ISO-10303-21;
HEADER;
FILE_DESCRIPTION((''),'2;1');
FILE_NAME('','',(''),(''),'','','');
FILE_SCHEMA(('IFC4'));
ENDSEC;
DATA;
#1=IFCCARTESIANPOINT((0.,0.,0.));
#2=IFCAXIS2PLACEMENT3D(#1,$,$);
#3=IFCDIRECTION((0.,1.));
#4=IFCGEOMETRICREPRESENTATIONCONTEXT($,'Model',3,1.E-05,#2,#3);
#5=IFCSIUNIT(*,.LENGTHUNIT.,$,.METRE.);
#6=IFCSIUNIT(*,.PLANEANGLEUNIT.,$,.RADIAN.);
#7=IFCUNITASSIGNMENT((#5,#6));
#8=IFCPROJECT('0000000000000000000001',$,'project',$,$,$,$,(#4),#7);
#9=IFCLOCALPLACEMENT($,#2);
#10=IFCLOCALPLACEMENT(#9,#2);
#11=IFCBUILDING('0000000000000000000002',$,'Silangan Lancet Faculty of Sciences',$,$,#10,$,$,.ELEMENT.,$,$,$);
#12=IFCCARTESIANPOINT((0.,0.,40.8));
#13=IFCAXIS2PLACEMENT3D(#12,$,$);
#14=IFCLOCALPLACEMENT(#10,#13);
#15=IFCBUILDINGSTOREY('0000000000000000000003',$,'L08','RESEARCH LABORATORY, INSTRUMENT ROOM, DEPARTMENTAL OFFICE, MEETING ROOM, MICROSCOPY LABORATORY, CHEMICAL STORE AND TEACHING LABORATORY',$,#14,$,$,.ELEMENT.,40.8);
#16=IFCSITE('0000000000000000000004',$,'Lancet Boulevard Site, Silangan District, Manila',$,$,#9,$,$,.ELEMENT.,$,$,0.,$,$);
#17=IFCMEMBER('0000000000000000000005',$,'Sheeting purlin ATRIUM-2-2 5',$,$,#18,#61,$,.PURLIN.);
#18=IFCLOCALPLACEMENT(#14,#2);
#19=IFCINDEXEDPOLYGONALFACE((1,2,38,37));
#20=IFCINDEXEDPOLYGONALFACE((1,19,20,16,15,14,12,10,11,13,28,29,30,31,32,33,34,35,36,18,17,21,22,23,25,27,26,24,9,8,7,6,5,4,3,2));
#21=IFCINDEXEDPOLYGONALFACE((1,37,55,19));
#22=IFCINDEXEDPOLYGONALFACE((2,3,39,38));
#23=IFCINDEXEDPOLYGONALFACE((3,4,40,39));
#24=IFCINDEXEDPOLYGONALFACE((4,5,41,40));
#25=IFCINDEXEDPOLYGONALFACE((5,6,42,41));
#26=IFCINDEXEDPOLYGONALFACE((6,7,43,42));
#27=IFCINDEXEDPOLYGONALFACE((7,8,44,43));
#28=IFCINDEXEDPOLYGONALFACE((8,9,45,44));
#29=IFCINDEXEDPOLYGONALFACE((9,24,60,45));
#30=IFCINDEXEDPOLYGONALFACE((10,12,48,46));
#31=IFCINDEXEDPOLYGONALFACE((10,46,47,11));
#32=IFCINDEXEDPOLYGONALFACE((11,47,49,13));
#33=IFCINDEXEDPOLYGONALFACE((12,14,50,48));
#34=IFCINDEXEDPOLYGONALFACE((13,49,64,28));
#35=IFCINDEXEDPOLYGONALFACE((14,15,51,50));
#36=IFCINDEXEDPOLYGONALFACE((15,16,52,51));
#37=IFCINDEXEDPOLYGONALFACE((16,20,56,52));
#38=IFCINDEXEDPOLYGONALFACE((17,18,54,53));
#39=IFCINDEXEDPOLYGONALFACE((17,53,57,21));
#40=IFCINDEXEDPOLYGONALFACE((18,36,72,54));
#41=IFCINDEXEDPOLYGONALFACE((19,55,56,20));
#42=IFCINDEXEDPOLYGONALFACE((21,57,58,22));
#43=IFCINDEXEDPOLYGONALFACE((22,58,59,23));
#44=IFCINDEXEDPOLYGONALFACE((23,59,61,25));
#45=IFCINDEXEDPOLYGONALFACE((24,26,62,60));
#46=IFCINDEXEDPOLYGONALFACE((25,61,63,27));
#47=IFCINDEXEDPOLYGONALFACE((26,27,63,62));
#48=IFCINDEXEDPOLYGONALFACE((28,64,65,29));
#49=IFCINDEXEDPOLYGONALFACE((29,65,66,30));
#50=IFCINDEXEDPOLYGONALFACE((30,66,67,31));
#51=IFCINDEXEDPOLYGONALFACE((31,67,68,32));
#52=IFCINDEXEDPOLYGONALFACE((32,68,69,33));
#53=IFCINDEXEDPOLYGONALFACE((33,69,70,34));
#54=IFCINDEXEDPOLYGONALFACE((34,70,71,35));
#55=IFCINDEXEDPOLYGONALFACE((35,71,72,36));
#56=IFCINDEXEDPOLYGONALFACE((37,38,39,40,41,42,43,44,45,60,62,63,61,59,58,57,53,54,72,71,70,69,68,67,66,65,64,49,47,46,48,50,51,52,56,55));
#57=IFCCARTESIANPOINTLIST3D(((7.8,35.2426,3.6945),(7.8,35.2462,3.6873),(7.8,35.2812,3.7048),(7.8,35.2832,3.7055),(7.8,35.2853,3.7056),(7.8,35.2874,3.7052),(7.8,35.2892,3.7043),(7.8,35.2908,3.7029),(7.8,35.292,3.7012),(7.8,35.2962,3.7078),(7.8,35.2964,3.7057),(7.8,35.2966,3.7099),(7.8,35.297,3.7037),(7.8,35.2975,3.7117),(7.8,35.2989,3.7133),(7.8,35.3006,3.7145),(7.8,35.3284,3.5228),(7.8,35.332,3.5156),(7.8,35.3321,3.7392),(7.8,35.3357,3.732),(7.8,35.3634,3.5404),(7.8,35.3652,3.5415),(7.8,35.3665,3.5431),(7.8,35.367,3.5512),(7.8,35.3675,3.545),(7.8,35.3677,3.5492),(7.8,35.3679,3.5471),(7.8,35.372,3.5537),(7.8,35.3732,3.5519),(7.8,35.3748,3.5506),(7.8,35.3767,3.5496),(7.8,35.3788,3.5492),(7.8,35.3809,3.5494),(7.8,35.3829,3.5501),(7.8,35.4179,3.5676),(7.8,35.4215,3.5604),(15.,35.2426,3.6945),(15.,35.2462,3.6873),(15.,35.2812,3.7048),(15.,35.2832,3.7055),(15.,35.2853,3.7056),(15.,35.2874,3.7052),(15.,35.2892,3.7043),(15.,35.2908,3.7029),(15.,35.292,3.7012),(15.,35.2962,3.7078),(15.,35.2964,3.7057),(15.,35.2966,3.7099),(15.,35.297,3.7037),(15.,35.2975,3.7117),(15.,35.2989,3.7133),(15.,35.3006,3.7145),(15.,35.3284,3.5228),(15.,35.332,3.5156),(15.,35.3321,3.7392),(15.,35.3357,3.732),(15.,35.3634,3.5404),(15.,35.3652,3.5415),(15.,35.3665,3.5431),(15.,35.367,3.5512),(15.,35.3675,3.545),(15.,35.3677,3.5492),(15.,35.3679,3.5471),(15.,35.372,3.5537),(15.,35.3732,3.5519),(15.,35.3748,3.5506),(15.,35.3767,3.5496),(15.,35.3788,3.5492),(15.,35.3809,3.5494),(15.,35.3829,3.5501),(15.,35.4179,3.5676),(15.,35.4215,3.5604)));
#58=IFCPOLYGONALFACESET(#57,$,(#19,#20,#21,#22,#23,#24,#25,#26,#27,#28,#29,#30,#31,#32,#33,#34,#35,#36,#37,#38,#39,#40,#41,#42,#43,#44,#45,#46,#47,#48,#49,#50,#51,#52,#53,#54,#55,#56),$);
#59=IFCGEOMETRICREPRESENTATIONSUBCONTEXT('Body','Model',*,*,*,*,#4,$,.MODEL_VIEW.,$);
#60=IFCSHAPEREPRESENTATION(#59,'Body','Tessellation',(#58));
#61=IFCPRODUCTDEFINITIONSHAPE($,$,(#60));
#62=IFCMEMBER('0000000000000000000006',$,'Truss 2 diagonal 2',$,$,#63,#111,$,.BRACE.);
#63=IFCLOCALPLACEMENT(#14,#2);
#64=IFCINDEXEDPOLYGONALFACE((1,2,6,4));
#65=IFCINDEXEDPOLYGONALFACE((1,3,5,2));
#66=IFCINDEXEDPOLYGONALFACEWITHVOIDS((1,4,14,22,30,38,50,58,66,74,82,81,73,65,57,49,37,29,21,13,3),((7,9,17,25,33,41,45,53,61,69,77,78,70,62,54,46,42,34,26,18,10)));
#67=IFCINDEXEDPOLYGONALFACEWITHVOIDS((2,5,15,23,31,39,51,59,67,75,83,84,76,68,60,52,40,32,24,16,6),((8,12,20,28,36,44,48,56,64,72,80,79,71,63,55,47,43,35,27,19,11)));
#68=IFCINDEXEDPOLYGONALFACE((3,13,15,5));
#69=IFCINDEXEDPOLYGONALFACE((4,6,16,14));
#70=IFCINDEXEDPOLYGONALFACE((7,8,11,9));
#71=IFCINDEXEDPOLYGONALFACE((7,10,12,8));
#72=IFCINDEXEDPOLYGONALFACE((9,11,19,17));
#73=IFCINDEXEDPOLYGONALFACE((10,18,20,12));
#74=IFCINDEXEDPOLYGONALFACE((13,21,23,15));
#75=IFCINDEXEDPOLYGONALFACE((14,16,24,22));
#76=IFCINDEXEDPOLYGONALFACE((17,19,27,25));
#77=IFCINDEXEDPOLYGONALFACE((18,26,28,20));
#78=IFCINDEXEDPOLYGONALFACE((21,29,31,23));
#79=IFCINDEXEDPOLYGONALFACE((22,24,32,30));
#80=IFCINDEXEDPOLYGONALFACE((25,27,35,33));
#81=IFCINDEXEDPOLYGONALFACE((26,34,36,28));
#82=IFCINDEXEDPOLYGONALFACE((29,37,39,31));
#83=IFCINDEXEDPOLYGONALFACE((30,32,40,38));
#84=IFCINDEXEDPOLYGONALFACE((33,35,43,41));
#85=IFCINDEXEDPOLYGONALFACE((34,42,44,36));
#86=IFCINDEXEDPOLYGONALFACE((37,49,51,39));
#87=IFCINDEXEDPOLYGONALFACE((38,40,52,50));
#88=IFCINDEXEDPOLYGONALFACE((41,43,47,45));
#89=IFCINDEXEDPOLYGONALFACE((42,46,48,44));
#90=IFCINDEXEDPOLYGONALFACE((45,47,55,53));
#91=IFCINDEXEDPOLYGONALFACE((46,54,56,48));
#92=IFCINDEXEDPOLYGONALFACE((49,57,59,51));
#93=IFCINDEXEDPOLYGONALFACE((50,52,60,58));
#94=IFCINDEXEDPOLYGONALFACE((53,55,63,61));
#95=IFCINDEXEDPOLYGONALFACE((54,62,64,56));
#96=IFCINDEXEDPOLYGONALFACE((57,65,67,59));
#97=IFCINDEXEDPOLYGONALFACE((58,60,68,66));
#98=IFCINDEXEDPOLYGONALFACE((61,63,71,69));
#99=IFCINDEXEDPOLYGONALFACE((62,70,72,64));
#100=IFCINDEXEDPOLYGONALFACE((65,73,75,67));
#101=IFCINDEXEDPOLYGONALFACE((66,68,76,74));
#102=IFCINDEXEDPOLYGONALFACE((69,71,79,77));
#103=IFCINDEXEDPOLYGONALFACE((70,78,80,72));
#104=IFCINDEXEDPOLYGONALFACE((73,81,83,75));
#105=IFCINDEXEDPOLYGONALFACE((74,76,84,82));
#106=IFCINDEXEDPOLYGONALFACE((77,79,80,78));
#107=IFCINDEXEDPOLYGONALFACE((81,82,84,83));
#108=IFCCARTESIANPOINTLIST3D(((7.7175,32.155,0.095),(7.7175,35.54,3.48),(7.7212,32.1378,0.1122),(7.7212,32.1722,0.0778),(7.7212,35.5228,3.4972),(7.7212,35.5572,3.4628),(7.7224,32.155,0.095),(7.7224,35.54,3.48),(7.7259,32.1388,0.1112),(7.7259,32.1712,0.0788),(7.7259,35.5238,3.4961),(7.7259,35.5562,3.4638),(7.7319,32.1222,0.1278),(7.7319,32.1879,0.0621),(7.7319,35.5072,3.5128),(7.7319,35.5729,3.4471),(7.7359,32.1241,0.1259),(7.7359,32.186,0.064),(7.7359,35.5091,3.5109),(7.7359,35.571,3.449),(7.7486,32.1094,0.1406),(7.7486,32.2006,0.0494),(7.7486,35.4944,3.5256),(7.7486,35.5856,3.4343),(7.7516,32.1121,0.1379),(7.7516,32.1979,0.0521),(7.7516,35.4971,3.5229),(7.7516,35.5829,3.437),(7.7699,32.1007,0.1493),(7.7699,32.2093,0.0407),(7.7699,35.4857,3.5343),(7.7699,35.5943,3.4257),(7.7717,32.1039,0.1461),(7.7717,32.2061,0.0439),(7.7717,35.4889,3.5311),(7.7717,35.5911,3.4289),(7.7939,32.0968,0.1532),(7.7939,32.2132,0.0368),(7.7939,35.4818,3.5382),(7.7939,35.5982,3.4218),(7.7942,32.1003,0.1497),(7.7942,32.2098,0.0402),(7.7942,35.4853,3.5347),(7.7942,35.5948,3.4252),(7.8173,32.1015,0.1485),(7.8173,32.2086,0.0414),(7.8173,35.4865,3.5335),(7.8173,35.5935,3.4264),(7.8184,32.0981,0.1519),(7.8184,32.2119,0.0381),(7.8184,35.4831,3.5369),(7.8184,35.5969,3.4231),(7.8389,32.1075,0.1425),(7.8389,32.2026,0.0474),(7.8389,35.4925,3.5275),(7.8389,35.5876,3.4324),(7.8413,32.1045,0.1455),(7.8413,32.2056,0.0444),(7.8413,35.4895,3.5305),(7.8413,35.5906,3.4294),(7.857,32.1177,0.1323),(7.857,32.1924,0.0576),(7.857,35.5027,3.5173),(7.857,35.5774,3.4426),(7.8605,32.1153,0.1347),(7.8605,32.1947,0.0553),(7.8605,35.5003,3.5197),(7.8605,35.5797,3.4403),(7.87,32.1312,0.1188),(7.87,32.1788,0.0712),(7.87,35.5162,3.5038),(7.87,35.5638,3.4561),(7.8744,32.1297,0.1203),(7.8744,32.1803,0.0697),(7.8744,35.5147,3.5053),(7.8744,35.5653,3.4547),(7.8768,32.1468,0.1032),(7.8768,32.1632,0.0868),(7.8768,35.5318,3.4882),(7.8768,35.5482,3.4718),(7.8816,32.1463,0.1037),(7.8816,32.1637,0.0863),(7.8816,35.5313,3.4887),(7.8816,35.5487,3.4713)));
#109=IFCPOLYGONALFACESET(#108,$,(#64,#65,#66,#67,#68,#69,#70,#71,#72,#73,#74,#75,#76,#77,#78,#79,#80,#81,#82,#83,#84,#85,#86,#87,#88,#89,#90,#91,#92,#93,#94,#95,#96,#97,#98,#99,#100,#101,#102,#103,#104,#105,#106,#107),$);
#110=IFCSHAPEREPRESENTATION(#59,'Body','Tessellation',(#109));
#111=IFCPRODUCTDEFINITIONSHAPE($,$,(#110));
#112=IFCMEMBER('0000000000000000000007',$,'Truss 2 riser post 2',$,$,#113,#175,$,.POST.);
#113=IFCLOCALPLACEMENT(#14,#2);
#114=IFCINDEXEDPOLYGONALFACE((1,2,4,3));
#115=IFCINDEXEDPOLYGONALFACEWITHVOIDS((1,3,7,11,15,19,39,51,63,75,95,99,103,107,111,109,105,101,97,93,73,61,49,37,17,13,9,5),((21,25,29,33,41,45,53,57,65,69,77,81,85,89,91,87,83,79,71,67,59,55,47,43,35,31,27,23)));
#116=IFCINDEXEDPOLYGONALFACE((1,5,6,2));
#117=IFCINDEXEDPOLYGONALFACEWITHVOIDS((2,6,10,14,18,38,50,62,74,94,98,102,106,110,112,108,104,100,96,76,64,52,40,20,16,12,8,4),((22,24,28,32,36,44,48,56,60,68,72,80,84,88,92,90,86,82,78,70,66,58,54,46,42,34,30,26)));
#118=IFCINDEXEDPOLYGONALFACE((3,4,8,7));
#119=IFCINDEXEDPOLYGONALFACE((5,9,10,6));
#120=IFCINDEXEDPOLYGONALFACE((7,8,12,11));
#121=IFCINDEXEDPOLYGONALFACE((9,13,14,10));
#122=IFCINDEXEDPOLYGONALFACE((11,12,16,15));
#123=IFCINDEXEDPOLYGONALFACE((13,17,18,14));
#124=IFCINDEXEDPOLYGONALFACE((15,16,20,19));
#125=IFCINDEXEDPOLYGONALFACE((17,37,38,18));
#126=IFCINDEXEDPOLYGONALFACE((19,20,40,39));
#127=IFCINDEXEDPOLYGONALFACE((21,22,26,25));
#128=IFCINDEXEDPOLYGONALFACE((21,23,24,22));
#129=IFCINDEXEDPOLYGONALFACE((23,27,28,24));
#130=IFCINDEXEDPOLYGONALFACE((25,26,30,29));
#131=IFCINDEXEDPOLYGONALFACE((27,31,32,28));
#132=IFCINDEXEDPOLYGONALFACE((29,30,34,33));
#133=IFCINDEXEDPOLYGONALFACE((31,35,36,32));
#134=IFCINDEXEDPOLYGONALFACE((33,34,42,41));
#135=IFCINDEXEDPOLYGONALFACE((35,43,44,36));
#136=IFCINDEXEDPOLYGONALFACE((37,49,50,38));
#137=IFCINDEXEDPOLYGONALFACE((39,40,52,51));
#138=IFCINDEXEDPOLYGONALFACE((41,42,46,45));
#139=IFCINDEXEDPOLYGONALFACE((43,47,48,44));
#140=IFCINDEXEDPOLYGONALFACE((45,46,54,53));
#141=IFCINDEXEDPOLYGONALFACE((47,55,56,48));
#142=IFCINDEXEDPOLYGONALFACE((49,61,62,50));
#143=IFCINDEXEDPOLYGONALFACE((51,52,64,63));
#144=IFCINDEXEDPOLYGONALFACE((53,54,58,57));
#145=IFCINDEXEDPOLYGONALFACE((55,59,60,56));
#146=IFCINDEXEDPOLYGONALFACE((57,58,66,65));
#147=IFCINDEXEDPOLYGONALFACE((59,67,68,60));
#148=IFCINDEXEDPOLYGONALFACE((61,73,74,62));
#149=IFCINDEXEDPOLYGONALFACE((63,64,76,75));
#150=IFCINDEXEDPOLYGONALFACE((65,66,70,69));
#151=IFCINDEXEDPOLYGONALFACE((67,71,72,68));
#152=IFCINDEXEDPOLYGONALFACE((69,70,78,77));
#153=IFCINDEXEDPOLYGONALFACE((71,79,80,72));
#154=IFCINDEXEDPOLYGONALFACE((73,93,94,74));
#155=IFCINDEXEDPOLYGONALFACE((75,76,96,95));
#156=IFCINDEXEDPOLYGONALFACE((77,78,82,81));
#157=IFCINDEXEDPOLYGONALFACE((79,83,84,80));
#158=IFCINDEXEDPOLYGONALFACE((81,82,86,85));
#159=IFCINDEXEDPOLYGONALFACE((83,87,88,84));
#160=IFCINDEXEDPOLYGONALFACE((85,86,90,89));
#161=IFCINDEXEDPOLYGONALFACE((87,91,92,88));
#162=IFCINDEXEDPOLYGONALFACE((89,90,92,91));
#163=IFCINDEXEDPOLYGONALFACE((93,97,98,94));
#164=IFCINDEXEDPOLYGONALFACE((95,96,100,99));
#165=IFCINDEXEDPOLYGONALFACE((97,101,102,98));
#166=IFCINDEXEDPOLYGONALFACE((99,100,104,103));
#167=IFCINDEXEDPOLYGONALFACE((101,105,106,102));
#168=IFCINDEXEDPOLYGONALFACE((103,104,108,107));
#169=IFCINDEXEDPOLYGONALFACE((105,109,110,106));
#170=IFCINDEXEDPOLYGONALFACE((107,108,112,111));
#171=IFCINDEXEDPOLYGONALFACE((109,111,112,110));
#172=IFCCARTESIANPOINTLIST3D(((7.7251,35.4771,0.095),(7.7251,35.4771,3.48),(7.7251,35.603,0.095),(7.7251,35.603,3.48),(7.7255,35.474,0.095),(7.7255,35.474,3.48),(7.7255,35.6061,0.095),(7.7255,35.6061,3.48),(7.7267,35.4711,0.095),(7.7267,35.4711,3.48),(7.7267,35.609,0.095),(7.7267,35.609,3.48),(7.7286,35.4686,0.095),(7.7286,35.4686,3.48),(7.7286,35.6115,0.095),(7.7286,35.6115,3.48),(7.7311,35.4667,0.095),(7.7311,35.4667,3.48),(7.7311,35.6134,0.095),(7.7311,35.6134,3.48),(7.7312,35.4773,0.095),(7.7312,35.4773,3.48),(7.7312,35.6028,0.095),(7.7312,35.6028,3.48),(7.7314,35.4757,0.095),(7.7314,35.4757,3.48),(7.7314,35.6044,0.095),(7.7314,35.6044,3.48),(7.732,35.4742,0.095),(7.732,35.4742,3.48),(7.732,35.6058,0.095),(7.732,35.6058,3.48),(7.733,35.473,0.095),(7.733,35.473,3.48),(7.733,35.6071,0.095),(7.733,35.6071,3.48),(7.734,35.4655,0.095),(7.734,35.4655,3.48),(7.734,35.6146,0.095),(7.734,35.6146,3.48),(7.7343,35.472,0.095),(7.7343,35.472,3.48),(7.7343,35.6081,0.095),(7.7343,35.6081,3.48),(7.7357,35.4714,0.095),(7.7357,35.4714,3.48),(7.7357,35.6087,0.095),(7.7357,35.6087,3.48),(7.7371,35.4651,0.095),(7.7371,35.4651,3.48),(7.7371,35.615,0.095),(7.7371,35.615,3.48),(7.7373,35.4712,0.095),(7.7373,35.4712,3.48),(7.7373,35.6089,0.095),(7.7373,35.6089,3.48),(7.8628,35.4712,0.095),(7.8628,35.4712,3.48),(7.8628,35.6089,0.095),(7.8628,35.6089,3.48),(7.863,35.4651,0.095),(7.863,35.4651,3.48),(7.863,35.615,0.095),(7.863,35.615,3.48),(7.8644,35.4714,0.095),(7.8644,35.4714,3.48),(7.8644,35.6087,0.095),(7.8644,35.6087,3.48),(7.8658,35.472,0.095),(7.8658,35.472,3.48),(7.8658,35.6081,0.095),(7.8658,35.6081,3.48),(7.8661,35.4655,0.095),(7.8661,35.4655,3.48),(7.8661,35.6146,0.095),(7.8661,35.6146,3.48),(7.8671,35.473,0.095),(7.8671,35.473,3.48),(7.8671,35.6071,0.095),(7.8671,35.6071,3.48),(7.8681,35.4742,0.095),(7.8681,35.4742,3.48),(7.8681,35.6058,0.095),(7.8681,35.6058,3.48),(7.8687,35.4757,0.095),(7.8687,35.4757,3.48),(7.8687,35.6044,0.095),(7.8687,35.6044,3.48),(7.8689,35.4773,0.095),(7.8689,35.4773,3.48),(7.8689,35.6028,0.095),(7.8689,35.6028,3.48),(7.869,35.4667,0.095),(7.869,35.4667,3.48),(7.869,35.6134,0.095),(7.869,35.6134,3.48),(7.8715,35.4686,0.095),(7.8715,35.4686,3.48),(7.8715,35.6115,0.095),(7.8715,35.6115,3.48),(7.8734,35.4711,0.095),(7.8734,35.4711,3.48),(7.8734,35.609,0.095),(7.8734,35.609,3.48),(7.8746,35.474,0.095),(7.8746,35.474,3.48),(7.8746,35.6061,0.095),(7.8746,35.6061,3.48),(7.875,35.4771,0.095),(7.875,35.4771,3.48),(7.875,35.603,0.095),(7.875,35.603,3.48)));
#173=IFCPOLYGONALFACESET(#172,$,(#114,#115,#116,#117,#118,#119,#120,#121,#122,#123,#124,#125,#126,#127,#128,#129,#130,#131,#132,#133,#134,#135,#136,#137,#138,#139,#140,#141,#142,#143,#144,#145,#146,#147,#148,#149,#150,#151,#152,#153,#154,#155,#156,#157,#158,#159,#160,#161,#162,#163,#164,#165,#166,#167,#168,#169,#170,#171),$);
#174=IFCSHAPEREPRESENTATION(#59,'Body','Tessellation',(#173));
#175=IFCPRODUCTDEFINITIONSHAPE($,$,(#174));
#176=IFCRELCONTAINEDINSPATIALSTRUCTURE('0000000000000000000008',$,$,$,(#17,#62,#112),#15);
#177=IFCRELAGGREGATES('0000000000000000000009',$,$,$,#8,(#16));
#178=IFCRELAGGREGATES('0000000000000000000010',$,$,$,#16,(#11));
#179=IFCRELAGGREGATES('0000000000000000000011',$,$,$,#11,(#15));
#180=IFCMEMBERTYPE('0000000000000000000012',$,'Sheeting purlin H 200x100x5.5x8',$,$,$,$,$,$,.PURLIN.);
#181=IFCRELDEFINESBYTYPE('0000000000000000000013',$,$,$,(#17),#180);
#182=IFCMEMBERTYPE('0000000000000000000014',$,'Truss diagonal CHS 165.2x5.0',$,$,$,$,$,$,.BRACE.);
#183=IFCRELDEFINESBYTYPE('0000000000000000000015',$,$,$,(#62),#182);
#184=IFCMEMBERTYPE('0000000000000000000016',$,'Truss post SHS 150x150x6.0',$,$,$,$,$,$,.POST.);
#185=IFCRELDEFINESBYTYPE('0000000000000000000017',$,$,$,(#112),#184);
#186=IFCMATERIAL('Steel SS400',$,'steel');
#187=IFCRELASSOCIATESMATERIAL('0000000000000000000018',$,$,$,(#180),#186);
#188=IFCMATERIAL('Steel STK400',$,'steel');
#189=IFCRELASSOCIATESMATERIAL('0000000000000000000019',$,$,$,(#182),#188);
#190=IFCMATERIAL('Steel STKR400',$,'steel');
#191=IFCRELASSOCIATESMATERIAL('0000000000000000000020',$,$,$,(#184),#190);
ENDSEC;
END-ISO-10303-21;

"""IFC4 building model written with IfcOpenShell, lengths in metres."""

from ifc_helpers import new_model, si_unit, direction, frame, origin, origin_2d, place, context, subcontext, project, spatial, hollow_rectangle, hollow_circle, i_section, extrude, material, material_profile, profile_set, type_object, element, save


model = new_model("IFC4")

# Units and contexts
model_context = context("Model", 3, precision=1e-05, world=origin(), true_north=direction((0.0, 1.0)))
body_context = subcontext(model_context, "Body", "Model", "MODEL_VIEW")
ifc_project = project(units=[si_unit("LENGTHUNIT", "METRE"), si_unit("PLANEANGLEUNIT", "RADIAN")], contexts=[model_context])

# Site, building, storey
site_placement = place(None, origin())
site = spatial("IfcSite", under=ifc_project, at=site_placement, Name="Lancet Boulevard Site, Silangan District, Manila", CompositionType="ELEMENT", RefElevation=0.0)
building_placement = place(site_placement, origin())
building = spatial("IfcBuilding", under=site, at=building_placement, Name="Silangan Lancet Faculty of Sciences", CompositionType="ELEMENT")
storey_placement = place(building_placement, frame((0.0, 0.0, 40.8)))
storey = spatial("IfcBuildingStorey", under=building, at=storey_placement, Name="L08", Description="RESEARCH LABORATORY, INSTRUMENT ROOM, DEPARTMENTAL OFFICE, MEETING ROOM, MICROSCOPY LABORATORY, CHEMICAL STORE AND TEACHING LABORATORY", CompositionType="ELEMENT", Elevation=40.8)

# Members
ifc_material_1 = material(Name="Steel SS400", Category="steel")
ifc_material_profile_1 = material_profile(ifc_material_1, i_section(OverallWidth=0.1001, OverallDepth=0.2, WebThickness=0.0056, FlangeThickness=0.0081, FilletRadius=0.0081, at=origin_2d()), Name="H 200x100x5.5x8")
ifc_profile_set_1 = profile_set([ifc_material_profile_1], Name="Steel SS400")
member_type_1 = type_object("IfcMemberType", Name="Sheeting purlin H 200x100x5.5x8", PredefinedType="PURLIN", material=ifc_profile_set_1)
for number, where, z_axis, x_axis, name in (
    (1, (7.8, 35.332, 3.6274), (1.0, 0.0, 0.0), (0.0, 0.894427, 0.447214), "Sheeting purlin ATRIUM-2-2 5"),
):
    element("IfcMember", number, at=place(storey_placement, frame(where, z_axis=z_axis, x_axis=x_axis)), inside=storey, type_object=member_type_1, Name=name, PredefinedType="PURLIN", context=body_context, shape_type="SweptSolid", body=[
        extrude(i_section(OverallWidth=0.1001, OverallDepth=0.2, WebThickness=0.0056, FlangeThickness=0.0081, FilletRadius=0.0081, at=origin_2d()), origin(), (0.0, 0.0, 1.0), 7.2),
    ])
ifc_material_2 = material(Name="Steel STK400", Category="steel")
ifc_material_profile_2 = material_profile(ifc_material_2, hollow_circle(Radius=0.0825, WallThickness=0.0049, at=origin_2d()), Name="CHS 165.2x5.0")
ifc_profile_set_2 = profile_set([ifc_material_profile_2], Name="Steel STK400")
member_type_2 = type_object("IfcMemberType", Name="Truss diagonal CHS 165.2x5.0", PredefinedType="BRACE", material=ifc_profile_set_2)
member_1_placement = place(storey_placement, frame((7.8, 32.155, 0.095), z_axis=(0.0, 0.707107, 0.707107), x_axis=(-1.0, 0.0, 0.0)))
element("IfcMember", 2, at=member_1_placement, inside=storey, type_object=member_type_2, Name="Truss 2 diagonal 2", PredefinedType="BRACE", context=body_context, shape_type="SweptSolid", body=[
    extrude(hollow_circle(Radius=0.0825, WallThickness=0.0049, at=origin_2d()), origin(), (0.0, 0.0, 1.0), 4.7871),
])
ifc_material_3 = material(Name="Steel STKR400", Category="steel")
ifc_material_profile_3 = material_profile(ifc_material_3, hollow_rectangle(XDim=0.1499, YDim=0.1499, WallThickness=0.0061, InnerFilletRadius=0.0061, OuterFilletRadius=0.012, at=origin_2d()), Name="SHS 150x150x6.0")
ifc_profile_set_3 = profile_set([ifc_material_profile_3], Name="Steel STKR400")
member_type_3 = type_object("IfcMemberType", Name="Truss post SHS 150x150x6.0", PredefinedType="POST", material=ifc_profile_set_3)
member_2_placement = place(storey_placement, frame((7.8, 35.54, 0.095), z_axis=(0.0, 0.0, 1.0), x_axis=(1.0, 0.0, 0.0)))
element("IfcMember", 3, at=member_2_placement, inside=storey, type_object=member_type_3, Name="Truss 2 riser post 2", PredefinedType="POST", context=body_context, shape_type="SweptSolid", body=[
    extrude(hollow_rectangle(XDim=0.1499, YDim=0.1499, WallThickness=0.0061, InnerFilletRadius=0.0061, OuterFilletRadius=0.012, at=origin_2d()), origin(), (0.0, 0.0, 1.0), 3.385),
])

save(model, "model.ifc")
